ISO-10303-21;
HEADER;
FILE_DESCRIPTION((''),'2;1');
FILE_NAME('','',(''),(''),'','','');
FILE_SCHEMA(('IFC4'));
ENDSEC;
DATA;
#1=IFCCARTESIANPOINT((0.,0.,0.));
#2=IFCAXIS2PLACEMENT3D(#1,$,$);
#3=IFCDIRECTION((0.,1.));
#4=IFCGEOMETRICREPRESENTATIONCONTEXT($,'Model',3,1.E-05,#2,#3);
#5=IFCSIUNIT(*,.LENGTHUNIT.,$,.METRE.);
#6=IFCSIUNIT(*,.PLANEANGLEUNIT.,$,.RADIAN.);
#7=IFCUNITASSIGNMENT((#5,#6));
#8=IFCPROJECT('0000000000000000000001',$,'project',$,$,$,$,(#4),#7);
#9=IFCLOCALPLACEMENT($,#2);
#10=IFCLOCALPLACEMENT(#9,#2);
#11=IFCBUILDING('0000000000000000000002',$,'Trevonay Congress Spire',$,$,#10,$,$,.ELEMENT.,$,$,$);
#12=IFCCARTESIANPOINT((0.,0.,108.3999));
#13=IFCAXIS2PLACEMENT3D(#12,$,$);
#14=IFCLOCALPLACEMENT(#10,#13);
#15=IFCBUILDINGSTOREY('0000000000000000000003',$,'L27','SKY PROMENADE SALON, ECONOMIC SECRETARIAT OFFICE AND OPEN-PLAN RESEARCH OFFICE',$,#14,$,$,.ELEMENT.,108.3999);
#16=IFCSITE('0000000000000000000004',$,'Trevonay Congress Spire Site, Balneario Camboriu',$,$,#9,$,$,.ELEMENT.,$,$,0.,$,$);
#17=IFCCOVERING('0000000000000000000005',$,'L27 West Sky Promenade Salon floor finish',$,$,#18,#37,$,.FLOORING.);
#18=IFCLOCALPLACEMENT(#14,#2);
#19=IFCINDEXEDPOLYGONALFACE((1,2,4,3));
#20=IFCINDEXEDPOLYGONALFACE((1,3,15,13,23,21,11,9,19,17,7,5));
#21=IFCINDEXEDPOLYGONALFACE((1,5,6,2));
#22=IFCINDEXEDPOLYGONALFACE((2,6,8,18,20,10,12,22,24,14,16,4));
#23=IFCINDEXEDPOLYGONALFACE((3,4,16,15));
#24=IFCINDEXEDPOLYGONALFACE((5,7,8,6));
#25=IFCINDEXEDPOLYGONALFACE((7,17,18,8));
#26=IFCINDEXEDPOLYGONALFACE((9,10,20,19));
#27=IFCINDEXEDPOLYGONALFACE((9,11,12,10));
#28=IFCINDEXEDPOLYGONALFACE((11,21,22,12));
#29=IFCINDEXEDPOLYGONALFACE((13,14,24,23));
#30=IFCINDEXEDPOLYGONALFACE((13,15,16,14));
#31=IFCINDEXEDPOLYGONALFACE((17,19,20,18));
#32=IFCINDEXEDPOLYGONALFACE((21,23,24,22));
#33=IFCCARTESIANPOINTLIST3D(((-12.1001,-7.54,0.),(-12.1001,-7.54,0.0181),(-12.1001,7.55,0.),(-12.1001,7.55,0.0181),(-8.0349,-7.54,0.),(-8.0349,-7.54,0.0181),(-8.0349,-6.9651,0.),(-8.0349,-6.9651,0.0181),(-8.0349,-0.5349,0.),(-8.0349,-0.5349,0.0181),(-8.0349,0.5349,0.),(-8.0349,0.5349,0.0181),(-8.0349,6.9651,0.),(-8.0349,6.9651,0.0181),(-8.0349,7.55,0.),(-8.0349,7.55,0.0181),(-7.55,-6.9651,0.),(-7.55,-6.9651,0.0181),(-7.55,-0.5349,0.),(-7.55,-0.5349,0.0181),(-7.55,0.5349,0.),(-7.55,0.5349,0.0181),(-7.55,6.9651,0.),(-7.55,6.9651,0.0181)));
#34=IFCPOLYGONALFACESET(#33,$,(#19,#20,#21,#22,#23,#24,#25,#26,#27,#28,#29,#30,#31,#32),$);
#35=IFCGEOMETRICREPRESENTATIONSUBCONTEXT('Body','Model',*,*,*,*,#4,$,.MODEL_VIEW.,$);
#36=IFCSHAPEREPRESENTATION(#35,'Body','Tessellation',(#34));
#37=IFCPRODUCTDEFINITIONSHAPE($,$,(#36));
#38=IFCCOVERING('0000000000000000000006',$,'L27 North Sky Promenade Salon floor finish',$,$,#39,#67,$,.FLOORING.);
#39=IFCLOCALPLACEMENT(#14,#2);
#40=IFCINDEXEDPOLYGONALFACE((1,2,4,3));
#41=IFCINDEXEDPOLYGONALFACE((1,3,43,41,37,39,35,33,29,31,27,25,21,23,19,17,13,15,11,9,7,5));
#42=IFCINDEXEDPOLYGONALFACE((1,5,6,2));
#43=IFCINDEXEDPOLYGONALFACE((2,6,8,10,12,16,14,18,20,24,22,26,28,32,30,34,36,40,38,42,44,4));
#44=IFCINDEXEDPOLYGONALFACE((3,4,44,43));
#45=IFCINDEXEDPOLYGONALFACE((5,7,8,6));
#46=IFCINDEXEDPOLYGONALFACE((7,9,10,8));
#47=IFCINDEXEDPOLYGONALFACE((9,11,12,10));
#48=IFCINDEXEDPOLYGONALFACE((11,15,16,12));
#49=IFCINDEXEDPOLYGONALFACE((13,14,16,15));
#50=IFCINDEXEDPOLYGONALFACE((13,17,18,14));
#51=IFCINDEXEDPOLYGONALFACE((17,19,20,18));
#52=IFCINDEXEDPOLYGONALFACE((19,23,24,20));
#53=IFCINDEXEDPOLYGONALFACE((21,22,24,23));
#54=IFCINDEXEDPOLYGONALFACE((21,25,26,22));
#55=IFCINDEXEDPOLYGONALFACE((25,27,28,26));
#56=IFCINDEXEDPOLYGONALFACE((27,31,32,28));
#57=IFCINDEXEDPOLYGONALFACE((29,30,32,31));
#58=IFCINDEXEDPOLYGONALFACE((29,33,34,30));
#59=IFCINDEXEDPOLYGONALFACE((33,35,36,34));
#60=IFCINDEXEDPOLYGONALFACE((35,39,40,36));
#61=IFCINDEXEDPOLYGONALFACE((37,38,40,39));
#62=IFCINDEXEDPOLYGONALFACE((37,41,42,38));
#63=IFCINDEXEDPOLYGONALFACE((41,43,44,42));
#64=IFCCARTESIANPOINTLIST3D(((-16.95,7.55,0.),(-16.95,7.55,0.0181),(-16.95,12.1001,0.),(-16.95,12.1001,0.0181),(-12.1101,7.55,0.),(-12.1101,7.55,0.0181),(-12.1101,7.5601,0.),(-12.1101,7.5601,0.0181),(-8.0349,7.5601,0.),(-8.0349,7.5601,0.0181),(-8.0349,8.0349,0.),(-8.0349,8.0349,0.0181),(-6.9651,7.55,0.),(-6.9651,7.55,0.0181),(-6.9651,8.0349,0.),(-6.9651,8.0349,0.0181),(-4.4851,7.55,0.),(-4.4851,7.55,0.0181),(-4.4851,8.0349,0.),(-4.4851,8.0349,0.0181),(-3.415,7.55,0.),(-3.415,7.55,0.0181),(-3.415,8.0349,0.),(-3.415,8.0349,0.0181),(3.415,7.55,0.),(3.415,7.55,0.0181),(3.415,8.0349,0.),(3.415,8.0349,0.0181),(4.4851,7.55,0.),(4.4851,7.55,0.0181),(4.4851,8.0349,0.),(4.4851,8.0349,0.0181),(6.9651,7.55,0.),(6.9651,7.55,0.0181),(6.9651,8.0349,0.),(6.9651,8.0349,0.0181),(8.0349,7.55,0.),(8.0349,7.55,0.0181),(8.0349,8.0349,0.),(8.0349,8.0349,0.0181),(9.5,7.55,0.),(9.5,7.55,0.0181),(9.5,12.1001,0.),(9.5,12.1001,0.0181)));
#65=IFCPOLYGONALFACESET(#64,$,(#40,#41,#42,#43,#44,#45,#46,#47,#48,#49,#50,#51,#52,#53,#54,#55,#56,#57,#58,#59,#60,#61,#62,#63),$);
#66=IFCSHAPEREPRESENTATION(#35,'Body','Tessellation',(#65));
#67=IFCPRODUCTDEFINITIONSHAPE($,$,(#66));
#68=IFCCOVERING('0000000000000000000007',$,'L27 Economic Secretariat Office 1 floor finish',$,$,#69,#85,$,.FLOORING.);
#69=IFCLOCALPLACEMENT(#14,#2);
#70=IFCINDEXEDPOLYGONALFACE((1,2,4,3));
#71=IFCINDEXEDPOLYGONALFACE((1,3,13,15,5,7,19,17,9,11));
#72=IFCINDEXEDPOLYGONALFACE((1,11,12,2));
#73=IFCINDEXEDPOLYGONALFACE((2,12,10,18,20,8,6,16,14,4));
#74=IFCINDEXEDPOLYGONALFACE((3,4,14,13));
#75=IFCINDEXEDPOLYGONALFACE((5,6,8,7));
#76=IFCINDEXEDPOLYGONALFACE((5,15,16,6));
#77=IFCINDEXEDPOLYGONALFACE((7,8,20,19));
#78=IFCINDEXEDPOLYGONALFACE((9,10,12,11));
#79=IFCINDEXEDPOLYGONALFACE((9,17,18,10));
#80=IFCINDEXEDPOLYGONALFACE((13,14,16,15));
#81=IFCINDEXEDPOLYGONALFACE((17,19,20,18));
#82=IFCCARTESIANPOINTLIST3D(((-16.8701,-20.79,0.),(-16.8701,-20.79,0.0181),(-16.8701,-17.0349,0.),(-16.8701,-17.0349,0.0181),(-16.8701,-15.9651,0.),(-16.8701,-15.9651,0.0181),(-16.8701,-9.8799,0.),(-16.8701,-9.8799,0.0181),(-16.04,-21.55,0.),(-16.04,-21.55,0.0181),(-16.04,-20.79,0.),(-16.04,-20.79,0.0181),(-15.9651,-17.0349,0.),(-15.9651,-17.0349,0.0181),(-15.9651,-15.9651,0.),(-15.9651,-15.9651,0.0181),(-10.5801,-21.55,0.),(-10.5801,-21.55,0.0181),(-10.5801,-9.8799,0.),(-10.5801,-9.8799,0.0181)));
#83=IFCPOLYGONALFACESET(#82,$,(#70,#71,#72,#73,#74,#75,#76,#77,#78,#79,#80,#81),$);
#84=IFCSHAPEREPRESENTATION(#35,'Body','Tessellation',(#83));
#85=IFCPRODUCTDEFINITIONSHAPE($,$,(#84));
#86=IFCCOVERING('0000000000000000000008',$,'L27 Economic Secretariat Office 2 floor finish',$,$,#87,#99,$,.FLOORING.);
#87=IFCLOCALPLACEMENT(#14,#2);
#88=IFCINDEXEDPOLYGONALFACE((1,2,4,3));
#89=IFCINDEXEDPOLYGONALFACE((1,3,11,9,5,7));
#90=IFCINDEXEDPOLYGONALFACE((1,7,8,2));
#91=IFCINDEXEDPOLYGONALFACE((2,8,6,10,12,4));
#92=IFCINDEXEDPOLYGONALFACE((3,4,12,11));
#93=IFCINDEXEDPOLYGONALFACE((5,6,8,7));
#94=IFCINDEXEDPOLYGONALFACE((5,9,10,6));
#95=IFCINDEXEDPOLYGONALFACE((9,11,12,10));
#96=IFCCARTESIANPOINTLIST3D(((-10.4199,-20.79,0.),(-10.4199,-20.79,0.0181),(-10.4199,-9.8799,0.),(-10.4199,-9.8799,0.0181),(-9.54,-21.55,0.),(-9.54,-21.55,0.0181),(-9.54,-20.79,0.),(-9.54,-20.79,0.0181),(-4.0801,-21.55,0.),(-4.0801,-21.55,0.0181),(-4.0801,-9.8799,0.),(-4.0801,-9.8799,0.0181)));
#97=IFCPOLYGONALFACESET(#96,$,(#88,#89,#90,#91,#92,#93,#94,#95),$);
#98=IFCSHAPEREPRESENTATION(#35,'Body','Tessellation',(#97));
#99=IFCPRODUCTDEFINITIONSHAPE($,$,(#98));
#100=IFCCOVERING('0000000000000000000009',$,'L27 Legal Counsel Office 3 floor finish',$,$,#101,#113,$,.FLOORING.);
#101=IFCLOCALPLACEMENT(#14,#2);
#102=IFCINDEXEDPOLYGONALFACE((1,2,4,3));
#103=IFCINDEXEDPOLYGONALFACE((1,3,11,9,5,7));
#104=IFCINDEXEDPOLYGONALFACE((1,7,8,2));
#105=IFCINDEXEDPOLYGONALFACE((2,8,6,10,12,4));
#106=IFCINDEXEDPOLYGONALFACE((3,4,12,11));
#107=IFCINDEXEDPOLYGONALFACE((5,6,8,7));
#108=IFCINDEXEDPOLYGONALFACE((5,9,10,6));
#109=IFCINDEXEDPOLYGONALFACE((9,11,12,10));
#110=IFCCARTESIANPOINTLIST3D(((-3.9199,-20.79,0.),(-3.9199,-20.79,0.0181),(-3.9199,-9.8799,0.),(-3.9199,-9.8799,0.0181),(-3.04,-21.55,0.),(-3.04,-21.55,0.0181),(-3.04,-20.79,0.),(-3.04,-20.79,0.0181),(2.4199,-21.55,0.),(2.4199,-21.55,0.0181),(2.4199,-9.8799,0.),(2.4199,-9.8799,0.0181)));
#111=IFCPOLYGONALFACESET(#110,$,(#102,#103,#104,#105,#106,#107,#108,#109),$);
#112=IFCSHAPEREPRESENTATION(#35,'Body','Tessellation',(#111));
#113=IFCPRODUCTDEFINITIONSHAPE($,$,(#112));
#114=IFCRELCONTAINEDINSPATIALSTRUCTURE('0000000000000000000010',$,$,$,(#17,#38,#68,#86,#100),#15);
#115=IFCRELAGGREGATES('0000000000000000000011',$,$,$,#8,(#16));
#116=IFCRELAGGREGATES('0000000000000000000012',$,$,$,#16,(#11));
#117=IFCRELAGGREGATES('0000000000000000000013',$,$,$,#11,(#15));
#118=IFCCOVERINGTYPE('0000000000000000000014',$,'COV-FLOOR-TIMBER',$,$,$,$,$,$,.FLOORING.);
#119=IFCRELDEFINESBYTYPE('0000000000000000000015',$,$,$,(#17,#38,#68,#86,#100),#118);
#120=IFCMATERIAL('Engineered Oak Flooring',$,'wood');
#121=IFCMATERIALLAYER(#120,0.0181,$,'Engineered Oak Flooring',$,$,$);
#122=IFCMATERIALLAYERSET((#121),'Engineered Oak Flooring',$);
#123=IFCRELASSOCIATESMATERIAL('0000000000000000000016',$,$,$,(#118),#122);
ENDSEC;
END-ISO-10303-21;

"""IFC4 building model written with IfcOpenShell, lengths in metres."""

from ifc_helpers import new_model, si_unit, direction, frame, origin, place, context, subcontext, project, spatial, polyline, outline, extrude, material, layer, layer_set, type_object, element, save


model = new_model("IFC4")

# Units and contexts
model_context = context("Model", 3, precision=1e-05, world=origin(), true_north=direction((0.0, 1.0)))
body_context = subcontext(model_context, "Body", "Model", "MODEL_VIEW")
ifc_project = project(units=[si_unit("LENGTHUNIT", "METRE"), si_unit("PLANEANGLEUNIT", "RADIAN")], contexts=[model_context])

# Site, building, storey
site_placement = place(None, origin())
site = spatial("IfcSite", under=ifc_project, at=site_placement, Name="Trevonay Congress Spire Site, Balneario Camboriu", CompositionType="ELEMENT", RefElevation=0.0)
building_placement = place(site_placement, origin())
building = spatial("IfcBuilding", under=site, at=building_placement, Name="Trevonay Congress Spire", CompositionType="ELEMENT")
storey_placement = place(building_placement, frame((0.0, 0.0, 108.3999)))
storey = spatial("IfcBuildingStorey", under=building, at=storey_placement, Name="L27", Description="SKY PROMENADE SALON, ECONOMIC SECRETARIAT OFFICE AND OPEN-PLAN RESEARCH OFFICE", CompositionType="ELEMENT", Elevation=108.3999)

# Coverings
ifc_material_1 = material(Name="Engineered Oak Flooring", Category="wood")
ifc_layer_1 = layer(ifc_material_1, 0.0181, Name="Engineered Oak Flooring")
ifc_layer_set_1 = layer_set([ifc_layer_1], Name="Engineered Oak Flooring")
covering_type_1 = type_object("IfcCoveringType", Name="COV-FLOOR-TIMBER", PredefinedType="FLOORING", material=ifc_layer_set_1)
covering_1_placement = place(storey_placement, origin())
element("IfcCovering", 1, at=covering_1_placement, inside=storey, type_object=covering_type_1, Name="L27 West Sky Promenade Salon floor finish", PredefinedType="FLOORING", context=body_context, shape_type="SweptSolid", body=[
    extrude(outline(polyline([(-12.1001, 7.55), (-8.0349, 7.55), (-8.0349, 6.9651), (-7.55, 6.9651), (-7.55, 0.5349), (-8.0349, 0.5349), (-8.0349, -0.5349), (-7.55, -0.5349), (-7.55, -6.9651), (-8.0349, -6.9651), (-8.0349, -7.54), (-12.1001, -7.54), (-12.1001, 7.55)])), origin(), (0.0, 0.0, 1.0), 0.0181),
])
covering_2_placement = place(storey_placement, origin())
element("IfcCovering", 2, at=covering_2_placement, inside=storey, type_object=covering_type_1, Name="L27 North Sky Promenade Salon floor finish", PredefinedType="FLOORING", context=body_context, shape_type="SweptSolid", body=[
    extrude(outline(polyline([(-16.95, 12.1001), (9.5, 12.1001), (9.5, 7.55), (8.0349, 7.55), (8.0349, 8.0349), (6.9651, 8.0349), (6.9651, 7.55), (4.4851, 7.55), (4.4851, 8.0349), (3.415, 8.0349), (3.415, 7.55), (-3.415, 7.55), (-3.415, 8.0349), (-4.4851, 8.0349), (-4.4851, 7.55), (-6.9651, 7.55), (-6.9651, 8.0349), (-8.0349, 8.0349), (-8.0349, 7.5601), (-12.1101, 7.5601), (-12.1101, 7.55), (-16.95, 7.55), (-16.95, 12.1001)])), origin(), (0.0, 0.0, 1.0), 0.0181),
])
covering_3_placement = place(storey_placement, origin())
element("IfcCovering", 3, at=covering_3_placement, inside=storey, type_object=covering_type_1, Name="L27 Economic Secretariat Office 1 floor finish", PredefinedType="FLOORING", context=body_context, shape_type="SweptSolid", body=[
    extrude(outline(polyline([(-16.8701, -9.8799), (-10.5801, -9.8799), (-10.5801, -21.55), (-16.04, -21.55), (-16.04, -20.79), (-16.8701, -20.79), (-16.8701, -17.0349), (-15.9651, -17.0349), (-15.9651, -15.9651), (-16.8701, -15.9651), (-16.8701, -9.8799)])), origin(), (0.0, 0.0, 1.0), 0.0181),
])
covering_4_placement = place(storey_placement, origin())
element("IfcCovering", 4, at=covering_4_placement, inside=storey, type_object=covering_type_1, Name="L27 Economic Secretariat Office 2 floor finish", PredefinedType="FLOORING", context=body_context, shape_type="SweptSolid", body=[
    extrude(outline(polyline([(-10.4199, -9.8799), (-4.0801, -9.8799), (-4.0801, -21.55), (-9.54, -21.55), (-9.54, -20.79), (-10.4199, -20.79), (-10.4199, -9.8799)])), origin(), (0.0, 0.0, 1.0), 0.0181),
])
covering_5_placement = place(storey_placement, origin())
element("IfcCovering", 5, at=covering_5_placement, inside=storey, type_object=covering_type_1, Name="L27 Legal Counsel Office 3 floor finish", PredefinedType="FLOORING", context=body_context, shape_type="SweptSolid", body=[
    extrude(outline(polyline([(-3.9199, -9.8799), (2.4199, -9.8799), (2.4199, -21.55), (-3.04, -21.55), (-3.04, -20.79), (-3.9199, -20.79), (-3.9199, -9.8799)])), origin(), (0.0, 0.0, 1.0), 0.0181),
])

save(model, "model.ifc")
